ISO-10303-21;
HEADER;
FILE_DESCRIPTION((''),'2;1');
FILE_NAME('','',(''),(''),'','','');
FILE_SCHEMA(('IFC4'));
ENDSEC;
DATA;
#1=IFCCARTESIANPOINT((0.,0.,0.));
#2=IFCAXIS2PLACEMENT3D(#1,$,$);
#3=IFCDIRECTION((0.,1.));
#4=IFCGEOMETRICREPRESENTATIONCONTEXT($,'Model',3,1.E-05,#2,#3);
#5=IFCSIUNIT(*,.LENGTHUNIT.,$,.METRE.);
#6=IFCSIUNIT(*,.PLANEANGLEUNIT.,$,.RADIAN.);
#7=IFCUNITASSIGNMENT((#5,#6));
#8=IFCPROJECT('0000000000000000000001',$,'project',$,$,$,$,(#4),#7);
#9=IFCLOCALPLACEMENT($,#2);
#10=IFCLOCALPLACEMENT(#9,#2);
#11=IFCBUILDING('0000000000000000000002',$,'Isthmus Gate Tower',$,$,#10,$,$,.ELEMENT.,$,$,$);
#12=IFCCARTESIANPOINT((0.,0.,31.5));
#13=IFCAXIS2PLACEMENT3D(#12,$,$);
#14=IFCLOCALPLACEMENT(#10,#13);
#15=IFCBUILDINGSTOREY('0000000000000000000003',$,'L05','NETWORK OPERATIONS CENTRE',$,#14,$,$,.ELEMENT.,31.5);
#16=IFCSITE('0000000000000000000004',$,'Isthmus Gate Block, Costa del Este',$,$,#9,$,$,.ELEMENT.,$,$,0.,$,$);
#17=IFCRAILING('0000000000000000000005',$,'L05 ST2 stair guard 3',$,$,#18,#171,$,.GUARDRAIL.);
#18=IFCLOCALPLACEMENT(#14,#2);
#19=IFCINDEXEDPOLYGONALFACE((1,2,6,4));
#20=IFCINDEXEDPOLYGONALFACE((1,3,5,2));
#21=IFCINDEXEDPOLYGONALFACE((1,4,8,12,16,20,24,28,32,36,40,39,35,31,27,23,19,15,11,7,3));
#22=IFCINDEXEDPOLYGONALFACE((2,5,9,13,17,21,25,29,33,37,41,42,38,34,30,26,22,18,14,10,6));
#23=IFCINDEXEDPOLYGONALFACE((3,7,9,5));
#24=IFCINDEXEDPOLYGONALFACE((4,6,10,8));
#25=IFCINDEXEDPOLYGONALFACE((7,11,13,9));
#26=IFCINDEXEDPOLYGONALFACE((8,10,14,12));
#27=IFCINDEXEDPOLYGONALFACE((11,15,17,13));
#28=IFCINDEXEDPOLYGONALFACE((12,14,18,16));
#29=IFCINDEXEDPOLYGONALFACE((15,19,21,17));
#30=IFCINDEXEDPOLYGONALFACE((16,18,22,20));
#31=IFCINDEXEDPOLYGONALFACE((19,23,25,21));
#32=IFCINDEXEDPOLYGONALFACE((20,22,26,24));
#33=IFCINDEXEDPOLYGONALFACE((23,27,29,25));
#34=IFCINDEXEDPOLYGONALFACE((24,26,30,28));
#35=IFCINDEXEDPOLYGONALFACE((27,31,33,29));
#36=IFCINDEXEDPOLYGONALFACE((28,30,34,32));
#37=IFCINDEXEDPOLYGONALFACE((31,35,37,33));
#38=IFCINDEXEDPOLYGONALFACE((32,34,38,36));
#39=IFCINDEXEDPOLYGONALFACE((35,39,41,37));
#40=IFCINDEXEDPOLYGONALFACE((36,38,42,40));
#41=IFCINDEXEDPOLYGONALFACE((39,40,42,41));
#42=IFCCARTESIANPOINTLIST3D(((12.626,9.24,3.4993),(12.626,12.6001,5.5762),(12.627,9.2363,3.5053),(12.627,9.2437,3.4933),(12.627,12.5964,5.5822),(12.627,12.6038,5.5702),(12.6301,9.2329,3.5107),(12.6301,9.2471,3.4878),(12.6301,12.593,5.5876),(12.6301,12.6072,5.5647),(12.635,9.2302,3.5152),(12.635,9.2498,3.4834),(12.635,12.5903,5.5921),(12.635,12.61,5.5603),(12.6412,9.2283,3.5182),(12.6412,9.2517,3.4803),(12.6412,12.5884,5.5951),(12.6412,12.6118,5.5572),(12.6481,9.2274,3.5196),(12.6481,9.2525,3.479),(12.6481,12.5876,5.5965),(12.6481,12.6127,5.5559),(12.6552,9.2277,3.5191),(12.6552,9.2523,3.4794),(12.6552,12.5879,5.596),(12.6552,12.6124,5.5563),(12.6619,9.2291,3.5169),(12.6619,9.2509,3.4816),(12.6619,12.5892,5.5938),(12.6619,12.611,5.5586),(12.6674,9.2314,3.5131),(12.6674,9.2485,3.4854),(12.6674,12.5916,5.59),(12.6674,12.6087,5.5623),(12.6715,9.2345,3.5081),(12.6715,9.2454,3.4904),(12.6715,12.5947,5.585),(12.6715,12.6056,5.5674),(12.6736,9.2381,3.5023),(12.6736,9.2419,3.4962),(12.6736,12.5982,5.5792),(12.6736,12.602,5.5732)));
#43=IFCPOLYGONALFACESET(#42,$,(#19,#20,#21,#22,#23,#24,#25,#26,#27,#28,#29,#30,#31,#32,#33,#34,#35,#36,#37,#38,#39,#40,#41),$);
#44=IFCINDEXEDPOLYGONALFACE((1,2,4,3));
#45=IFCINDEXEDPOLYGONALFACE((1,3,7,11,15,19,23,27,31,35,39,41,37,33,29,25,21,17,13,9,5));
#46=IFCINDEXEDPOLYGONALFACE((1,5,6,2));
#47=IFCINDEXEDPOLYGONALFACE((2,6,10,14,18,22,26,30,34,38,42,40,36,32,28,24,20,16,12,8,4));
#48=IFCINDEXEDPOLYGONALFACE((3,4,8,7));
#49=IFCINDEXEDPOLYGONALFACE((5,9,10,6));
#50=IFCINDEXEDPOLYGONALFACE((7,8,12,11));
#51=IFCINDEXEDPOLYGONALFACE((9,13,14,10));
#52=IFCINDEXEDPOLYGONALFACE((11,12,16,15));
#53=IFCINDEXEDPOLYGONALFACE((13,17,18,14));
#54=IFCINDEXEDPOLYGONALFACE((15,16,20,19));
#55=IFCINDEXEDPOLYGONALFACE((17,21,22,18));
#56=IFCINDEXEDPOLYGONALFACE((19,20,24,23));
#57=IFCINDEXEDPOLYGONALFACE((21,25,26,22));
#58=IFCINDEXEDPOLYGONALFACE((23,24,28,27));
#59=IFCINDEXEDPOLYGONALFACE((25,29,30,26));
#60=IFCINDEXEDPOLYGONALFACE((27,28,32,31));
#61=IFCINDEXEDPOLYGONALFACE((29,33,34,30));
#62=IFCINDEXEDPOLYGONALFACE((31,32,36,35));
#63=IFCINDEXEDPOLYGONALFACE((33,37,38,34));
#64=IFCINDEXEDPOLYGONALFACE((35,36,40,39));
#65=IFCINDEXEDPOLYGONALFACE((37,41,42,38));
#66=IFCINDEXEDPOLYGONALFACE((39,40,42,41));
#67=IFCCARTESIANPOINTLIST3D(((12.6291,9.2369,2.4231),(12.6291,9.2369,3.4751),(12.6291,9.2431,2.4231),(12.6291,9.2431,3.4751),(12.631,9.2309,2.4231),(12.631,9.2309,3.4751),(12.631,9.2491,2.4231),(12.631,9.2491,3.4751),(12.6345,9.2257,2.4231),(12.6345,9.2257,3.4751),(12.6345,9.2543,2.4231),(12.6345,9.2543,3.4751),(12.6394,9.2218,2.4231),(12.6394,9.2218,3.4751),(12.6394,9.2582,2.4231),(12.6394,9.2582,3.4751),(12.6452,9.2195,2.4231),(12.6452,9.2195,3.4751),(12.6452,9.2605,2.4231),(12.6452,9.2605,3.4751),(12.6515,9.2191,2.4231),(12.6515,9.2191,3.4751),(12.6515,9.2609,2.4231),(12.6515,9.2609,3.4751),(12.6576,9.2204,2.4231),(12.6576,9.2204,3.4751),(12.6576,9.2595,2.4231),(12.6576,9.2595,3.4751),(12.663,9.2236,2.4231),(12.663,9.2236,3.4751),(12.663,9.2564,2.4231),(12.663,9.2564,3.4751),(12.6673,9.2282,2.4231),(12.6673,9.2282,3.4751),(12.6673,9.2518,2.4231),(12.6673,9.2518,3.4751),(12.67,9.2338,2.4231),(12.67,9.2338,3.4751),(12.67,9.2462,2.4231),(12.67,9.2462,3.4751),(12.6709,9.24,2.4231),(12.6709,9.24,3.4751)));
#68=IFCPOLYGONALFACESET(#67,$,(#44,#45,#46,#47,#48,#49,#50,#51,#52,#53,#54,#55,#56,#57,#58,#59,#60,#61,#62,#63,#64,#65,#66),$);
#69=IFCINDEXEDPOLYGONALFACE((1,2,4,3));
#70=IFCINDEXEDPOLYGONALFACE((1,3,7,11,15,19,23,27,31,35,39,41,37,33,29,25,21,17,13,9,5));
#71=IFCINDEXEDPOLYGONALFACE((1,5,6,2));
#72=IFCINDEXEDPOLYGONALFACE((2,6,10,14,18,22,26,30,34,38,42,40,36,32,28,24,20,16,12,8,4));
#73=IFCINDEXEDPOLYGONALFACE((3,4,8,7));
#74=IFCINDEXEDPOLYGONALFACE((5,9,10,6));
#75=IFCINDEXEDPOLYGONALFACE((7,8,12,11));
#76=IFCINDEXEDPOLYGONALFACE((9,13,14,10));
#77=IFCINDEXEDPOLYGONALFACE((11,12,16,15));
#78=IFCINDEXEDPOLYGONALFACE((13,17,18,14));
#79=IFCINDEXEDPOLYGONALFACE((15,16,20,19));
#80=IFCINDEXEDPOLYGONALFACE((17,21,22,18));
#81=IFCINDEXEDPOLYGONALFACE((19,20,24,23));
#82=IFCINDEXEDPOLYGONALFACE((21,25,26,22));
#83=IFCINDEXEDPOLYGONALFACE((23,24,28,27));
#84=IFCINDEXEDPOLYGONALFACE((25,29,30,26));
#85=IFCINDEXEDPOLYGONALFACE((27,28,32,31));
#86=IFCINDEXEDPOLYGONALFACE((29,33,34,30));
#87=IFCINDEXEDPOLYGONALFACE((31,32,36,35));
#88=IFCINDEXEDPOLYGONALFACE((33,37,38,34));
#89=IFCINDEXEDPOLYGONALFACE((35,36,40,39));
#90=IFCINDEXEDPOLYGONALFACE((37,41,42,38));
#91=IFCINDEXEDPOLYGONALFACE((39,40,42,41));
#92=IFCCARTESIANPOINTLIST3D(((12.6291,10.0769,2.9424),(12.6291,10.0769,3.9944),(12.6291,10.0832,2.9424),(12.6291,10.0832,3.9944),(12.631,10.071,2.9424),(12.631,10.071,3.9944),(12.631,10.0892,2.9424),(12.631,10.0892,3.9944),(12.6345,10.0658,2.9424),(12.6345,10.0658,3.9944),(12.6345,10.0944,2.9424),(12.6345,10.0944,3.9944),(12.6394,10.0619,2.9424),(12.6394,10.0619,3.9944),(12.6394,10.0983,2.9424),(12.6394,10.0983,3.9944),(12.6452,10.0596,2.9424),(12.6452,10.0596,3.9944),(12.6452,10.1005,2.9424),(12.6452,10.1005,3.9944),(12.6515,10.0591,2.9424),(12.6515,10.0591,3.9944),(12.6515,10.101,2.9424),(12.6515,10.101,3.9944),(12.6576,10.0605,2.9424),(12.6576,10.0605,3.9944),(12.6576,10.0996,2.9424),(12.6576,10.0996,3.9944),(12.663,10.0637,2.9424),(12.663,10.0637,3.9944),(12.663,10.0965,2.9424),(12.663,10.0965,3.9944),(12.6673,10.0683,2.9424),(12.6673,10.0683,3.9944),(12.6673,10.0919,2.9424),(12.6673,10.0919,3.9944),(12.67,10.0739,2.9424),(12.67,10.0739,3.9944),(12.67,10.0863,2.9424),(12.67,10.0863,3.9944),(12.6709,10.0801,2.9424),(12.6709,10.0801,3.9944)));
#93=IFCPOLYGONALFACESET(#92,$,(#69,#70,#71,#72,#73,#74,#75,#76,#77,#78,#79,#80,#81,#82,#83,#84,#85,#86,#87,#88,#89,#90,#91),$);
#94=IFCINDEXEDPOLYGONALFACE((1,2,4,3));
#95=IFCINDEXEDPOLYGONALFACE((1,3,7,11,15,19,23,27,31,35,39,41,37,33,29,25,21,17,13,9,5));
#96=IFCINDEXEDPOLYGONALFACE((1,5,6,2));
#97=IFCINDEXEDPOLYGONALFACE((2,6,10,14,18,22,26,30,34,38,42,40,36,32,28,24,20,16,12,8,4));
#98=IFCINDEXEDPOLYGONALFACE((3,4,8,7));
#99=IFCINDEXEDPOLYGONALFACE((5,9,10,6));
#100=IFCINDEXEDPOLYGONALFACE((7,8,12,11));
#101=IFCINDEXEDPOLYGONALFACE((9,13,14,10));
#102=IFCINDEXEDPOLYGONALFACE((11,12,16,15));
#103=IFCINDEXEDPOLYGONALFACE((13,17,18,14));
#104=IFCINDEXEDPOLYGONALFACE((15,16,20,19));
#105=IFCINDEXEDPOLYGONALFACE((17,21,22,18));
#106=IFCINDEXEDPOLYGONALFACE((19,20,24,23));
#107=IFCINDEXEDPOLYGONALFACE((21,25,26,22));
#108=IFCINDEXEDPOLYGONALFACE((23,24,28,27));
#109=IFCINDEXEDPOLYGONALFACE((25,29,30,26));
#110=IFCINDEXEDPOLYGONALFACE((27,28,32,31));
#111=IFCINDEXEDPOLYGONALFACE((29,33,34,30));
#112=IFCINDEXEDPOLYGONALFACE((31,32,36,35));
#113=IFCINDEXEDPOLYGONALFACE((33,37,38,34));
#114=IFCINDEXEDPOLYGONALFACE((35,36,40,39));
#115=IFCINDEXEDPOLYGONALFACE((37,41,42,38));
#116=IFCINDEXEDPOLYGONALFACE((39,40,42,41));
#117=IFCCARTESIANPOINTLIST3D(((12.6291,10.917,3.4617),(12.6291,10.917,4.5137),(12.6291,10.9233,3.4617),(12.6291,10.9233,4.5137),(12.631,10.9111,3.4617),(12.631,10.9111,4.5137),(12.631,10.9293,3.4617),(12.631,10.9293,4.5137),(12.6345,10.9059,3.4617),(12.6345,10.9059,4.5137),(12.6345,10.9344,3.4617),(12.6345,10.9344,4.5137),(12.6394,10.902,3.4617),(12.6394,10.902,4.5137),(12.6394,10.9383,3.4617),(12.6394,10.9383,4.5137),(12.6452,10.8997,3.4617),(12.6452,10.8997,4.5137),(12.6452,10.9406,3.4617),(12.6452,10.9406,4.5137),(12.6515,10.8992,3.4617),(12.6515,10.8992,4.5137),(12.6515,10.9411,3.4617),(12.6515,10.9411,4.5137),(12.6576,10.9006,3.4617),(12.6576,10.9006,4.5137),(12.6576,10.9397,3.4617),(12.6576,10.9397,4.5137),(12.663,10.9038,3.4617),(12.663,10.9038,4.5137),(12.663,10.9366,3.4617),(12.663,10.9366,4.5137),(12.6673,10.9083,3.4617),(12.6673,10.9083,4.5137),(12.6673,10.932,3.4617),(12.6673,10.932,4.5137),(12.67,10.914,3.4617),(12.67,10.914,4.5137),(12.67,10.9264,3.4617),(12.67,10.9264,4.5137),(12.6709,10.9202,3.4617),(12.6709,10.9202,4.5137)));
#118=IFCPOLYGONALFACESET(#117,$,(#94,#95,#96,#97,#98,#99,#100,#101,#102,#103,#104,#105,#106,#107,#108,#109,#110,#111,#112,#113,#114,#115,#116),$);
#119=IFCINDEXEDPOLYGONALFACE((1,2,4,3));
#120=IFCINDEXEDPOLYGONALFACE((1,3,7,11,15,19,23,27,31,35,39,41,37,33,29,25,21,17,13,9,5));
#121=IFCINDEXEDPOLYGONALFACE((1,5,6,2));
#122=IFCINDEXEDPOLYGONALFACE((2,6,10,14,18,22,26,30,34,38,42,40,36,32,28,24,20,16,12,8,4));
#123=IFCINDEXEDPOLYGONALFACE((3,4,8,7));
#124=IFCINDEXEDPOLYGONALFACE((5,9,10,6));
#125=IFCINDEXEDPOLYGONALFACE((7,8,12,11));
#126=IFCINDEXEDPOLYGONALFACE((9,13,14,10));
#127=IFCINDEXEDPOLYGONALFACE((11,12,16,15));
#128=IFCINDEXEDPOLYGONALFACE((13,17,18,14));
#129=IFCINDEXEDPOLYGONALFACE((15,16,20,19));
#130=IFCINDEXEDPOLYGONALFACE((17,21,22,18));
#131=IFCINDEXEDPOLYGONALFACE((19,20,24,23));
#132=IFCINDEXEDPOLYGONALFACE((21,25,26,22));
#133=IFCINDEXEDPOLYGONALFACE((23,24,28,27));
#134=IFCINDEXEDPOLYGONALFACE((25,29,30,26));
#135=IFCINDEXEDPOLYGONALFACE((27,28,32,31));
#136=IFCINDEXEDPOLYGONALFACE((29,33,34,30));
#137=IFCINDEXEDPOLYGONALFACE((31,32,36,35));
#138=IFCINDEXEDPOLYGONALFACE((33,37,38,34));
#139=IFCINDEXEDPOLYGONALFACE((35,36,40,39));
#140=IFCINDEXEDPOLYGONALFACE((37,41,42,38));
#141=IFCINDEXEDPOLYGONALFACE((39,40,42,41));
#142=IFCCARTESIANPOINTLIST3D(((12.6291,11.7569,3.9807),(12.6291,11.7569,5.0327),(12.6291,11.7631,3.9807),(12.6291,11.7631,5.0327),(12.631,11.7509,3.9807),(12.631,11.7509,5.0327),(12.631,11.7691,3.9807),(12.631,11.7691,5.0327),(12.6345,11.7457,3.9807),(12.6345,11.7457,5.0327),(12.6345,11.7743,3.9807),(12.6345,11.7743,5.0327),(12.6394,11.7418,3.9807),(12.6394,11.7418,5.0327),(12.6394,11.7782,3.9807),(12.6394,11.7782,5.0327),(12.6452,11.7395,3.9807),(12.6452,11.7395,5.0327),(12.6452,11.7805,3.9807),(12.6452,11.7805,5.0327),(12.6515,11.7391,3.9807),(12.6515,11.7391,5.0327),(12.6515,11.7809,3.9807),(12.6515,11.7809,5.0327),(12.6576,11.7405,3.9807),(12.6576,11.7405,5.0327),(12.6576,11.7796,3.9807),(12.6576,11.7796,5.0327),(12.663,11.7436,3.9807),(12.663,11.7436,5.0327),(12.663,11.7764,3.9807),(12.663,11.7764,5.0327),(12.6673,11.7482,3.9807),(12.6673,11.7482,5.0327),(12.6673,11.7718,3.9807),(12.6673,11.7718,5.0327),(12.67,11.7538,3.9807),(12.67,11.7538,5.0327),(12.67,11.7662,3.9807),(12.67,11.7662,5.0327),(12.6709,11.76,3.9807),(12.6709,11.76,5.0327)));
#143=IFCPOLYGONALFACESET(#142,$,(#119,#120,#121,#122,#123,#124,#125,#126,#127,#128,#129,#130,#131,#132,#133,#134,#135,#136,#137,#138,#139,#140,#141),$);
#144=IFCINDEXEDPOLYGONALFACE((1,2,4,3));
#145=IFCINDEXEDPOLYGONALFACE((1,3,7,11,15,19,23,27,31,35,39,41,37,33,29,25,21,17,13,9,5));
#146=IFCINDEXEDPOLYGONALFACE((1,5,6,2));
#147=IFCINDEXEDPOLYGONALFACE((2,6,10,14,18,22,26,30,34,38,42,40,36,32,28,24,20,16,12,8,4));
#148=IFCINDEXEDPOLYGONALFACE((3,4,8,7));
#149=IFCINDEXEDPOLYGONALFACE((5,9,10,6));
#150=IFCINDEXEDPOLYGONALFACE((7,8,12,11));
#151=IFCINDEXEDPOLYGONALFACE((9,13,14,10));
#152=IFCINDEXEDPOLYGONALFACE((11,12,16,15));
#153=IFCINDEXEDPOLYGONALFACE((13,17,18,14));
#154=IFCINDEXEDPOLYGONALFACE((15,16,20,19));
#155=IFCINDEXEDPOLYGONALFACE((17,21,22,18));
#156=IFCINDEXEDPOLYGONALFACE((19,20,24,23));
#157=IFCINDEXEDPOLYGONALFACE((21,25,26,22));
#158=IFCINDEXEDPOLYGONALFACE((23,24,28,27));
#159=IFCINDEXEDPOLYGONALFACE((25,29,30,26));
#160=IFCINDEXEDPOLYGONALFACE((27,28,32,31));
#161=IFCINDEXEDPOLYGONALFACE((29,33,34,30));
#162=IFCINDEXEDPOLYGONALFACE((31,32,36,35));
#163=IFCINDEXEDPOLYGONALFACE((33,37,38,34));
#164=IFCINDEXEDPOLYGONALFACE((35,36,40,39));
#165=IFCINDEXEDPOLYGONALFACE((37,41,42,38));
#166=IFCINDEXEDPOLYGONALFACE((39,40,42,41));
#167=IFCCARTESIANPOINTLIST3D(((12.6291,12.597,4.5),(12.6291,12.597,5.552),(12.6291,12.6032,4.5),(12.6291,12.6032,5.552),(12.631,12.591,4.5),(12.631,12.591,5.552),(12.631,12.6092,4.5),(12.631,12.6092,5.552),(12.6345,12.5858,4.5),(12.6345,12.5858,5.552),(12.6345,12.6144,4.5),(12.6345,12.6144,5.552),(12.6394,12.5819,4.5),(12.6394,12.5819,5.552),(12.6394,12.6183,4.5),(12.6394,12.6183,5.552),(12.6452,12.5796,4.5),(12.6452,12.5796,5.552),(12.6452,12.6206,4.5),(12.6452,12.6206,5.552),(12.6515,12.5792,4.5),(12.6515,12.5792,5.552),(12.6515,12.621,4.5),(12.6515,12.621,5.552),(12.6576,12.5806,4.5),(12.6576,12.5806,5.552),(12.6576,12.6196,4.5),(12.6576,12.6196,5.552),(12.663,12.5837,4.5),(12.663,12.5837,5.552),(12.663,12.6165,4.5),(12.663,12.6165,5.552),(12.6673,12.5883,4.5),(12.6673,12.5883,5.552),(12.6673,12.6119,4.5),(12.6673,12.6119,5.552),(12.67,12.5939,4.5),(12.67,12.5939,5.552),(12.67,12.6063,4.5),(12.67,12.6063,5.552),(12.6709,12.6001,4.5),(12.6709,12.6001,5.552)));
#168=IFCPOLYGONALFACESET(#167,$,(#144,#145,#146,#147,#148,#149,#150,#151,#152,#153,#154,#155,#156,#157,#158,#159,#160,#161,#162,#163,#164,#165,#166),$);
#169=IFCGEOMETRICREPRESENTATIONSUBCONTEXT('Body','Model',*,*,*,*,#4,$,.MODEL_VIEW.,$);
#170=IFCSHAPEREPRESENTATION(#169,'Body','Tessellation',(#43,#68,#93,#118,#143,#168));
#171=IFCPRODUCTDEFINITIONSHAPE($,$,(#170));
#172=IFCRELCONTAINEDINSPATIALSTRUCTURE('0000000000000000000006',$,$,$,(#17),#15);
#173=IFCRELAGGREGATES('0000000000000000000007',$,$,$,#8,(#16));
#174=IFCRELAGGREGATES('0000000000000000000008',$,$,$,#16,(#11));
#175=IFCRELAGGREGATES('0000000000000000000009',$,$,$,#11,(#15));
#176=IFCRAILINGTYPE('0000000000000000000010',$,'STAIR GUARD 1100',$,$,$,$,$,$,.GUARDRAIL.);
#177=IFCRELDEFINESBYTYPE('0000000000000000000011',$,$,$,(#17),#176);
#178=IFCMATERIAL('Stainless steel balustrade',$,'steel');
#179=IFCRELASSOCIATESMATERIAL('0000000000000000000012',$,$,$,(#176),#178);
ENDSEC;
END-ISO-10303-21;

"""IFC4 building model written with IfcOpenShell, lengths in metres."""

from ifc_helpers import new_model, si_unit, direction, frame, origin, origin_2d, place, context, subcontext, project, spatial, circle, extrude, material, type_object, element, save


model = new_model("IFC4")

# Units and contexts
model_context = context("Model", 3, precision=1e-05, world=origin(), true_north=direction((0.0, 1.0)))
body_context = subcontext(model_context, "Body", "Model", "MODEL_VIEW")
ifc_project = project(units=[si_unit("LENGTHUNIT", "METRE"), si_unit("PLANEANGLEUNIT", "RADIAN")], contexts=[model_context])

# Site, building, storey
site_placement = place(None, origin())
site = spatial("IfcSite", under=ifc_project, at=site_placement, Name="Isthmus Gate Block, Costa del Este", CompositionType="ELEMENT", RefElevation=0.0)
building_placement = place(site_placement, origin())
building = spatial("IfcBuilding", under=site, at=building_placement, Name="Isthmus Gate Tower", CompositionType="ELEMENT")
storey_placement = place(building_placement, frame((0.0, 0.0, 31.5)))
storey = spatial("IfcBuildingStorey", under=building, at=storey_placement, Name="L05", Description="NETWORK OPERATIONS CENTRE", CompositionType="ELEMENT", Elevation=31.5)

# Railing
ifc_material_1 = material(Name="Stainless steel balustrade", Category="steel")
railing_type_1 = type_object("IfcRailingType", Name="STAIR GUARD 1100", PredefinedType="GUARDRAIL", material=ifc_material_1)
railing_1_placement = place(storey_placement, frame((12.6499, 9.24, 2.4231)))
element("IfcRailing", 1, at=railing_1_placement, inside=storey, type_object=railing_type_1, Name="L05 ST2 stair guard 3", PredefinedType="GUARDRAIL", context=body_context, shape_type="SweptSolid", body=[
    extrude(circle(Radius=0.0239, at=origin_2d()), frame((0.0, 0.0, 1.0762), z_axis=(0.0, 0.850623, 0.525776), x_axis=(-1.0, 0.0, 0.0)), (0.0, 0.0, 1.0), 3.9502),
    extrude(circle(Radius=0.021, at=origin_2d()), origin(), (0.0, 0.0, 1.0), 1.052),
    extrude(circle(Radius=0.021, at=origin_2d()), frame((0.0, 0.8401, 0.5193)), (0.0, 0.0, 1.0), 1.052),
    extrude(circle(Radius=0.021, at=origin_2d()), frame((0.0, 1.6802, 1.0386)), (0.0, 0.0, 1.0), 1.052),
    extrude(circle(Radius=0.021, at=origin_2d()), frame((0.0, 2.52, 1.5576)), (0.0, 0.0, 1.0), 1.052),
    extrude(circle(Radius=0.021, at=origin_2d()), frame((0.0, 3.3601, 2.0769)), (0.0, 0.0, 1.0), 1.052),
])

save(model, "model.ifc")
